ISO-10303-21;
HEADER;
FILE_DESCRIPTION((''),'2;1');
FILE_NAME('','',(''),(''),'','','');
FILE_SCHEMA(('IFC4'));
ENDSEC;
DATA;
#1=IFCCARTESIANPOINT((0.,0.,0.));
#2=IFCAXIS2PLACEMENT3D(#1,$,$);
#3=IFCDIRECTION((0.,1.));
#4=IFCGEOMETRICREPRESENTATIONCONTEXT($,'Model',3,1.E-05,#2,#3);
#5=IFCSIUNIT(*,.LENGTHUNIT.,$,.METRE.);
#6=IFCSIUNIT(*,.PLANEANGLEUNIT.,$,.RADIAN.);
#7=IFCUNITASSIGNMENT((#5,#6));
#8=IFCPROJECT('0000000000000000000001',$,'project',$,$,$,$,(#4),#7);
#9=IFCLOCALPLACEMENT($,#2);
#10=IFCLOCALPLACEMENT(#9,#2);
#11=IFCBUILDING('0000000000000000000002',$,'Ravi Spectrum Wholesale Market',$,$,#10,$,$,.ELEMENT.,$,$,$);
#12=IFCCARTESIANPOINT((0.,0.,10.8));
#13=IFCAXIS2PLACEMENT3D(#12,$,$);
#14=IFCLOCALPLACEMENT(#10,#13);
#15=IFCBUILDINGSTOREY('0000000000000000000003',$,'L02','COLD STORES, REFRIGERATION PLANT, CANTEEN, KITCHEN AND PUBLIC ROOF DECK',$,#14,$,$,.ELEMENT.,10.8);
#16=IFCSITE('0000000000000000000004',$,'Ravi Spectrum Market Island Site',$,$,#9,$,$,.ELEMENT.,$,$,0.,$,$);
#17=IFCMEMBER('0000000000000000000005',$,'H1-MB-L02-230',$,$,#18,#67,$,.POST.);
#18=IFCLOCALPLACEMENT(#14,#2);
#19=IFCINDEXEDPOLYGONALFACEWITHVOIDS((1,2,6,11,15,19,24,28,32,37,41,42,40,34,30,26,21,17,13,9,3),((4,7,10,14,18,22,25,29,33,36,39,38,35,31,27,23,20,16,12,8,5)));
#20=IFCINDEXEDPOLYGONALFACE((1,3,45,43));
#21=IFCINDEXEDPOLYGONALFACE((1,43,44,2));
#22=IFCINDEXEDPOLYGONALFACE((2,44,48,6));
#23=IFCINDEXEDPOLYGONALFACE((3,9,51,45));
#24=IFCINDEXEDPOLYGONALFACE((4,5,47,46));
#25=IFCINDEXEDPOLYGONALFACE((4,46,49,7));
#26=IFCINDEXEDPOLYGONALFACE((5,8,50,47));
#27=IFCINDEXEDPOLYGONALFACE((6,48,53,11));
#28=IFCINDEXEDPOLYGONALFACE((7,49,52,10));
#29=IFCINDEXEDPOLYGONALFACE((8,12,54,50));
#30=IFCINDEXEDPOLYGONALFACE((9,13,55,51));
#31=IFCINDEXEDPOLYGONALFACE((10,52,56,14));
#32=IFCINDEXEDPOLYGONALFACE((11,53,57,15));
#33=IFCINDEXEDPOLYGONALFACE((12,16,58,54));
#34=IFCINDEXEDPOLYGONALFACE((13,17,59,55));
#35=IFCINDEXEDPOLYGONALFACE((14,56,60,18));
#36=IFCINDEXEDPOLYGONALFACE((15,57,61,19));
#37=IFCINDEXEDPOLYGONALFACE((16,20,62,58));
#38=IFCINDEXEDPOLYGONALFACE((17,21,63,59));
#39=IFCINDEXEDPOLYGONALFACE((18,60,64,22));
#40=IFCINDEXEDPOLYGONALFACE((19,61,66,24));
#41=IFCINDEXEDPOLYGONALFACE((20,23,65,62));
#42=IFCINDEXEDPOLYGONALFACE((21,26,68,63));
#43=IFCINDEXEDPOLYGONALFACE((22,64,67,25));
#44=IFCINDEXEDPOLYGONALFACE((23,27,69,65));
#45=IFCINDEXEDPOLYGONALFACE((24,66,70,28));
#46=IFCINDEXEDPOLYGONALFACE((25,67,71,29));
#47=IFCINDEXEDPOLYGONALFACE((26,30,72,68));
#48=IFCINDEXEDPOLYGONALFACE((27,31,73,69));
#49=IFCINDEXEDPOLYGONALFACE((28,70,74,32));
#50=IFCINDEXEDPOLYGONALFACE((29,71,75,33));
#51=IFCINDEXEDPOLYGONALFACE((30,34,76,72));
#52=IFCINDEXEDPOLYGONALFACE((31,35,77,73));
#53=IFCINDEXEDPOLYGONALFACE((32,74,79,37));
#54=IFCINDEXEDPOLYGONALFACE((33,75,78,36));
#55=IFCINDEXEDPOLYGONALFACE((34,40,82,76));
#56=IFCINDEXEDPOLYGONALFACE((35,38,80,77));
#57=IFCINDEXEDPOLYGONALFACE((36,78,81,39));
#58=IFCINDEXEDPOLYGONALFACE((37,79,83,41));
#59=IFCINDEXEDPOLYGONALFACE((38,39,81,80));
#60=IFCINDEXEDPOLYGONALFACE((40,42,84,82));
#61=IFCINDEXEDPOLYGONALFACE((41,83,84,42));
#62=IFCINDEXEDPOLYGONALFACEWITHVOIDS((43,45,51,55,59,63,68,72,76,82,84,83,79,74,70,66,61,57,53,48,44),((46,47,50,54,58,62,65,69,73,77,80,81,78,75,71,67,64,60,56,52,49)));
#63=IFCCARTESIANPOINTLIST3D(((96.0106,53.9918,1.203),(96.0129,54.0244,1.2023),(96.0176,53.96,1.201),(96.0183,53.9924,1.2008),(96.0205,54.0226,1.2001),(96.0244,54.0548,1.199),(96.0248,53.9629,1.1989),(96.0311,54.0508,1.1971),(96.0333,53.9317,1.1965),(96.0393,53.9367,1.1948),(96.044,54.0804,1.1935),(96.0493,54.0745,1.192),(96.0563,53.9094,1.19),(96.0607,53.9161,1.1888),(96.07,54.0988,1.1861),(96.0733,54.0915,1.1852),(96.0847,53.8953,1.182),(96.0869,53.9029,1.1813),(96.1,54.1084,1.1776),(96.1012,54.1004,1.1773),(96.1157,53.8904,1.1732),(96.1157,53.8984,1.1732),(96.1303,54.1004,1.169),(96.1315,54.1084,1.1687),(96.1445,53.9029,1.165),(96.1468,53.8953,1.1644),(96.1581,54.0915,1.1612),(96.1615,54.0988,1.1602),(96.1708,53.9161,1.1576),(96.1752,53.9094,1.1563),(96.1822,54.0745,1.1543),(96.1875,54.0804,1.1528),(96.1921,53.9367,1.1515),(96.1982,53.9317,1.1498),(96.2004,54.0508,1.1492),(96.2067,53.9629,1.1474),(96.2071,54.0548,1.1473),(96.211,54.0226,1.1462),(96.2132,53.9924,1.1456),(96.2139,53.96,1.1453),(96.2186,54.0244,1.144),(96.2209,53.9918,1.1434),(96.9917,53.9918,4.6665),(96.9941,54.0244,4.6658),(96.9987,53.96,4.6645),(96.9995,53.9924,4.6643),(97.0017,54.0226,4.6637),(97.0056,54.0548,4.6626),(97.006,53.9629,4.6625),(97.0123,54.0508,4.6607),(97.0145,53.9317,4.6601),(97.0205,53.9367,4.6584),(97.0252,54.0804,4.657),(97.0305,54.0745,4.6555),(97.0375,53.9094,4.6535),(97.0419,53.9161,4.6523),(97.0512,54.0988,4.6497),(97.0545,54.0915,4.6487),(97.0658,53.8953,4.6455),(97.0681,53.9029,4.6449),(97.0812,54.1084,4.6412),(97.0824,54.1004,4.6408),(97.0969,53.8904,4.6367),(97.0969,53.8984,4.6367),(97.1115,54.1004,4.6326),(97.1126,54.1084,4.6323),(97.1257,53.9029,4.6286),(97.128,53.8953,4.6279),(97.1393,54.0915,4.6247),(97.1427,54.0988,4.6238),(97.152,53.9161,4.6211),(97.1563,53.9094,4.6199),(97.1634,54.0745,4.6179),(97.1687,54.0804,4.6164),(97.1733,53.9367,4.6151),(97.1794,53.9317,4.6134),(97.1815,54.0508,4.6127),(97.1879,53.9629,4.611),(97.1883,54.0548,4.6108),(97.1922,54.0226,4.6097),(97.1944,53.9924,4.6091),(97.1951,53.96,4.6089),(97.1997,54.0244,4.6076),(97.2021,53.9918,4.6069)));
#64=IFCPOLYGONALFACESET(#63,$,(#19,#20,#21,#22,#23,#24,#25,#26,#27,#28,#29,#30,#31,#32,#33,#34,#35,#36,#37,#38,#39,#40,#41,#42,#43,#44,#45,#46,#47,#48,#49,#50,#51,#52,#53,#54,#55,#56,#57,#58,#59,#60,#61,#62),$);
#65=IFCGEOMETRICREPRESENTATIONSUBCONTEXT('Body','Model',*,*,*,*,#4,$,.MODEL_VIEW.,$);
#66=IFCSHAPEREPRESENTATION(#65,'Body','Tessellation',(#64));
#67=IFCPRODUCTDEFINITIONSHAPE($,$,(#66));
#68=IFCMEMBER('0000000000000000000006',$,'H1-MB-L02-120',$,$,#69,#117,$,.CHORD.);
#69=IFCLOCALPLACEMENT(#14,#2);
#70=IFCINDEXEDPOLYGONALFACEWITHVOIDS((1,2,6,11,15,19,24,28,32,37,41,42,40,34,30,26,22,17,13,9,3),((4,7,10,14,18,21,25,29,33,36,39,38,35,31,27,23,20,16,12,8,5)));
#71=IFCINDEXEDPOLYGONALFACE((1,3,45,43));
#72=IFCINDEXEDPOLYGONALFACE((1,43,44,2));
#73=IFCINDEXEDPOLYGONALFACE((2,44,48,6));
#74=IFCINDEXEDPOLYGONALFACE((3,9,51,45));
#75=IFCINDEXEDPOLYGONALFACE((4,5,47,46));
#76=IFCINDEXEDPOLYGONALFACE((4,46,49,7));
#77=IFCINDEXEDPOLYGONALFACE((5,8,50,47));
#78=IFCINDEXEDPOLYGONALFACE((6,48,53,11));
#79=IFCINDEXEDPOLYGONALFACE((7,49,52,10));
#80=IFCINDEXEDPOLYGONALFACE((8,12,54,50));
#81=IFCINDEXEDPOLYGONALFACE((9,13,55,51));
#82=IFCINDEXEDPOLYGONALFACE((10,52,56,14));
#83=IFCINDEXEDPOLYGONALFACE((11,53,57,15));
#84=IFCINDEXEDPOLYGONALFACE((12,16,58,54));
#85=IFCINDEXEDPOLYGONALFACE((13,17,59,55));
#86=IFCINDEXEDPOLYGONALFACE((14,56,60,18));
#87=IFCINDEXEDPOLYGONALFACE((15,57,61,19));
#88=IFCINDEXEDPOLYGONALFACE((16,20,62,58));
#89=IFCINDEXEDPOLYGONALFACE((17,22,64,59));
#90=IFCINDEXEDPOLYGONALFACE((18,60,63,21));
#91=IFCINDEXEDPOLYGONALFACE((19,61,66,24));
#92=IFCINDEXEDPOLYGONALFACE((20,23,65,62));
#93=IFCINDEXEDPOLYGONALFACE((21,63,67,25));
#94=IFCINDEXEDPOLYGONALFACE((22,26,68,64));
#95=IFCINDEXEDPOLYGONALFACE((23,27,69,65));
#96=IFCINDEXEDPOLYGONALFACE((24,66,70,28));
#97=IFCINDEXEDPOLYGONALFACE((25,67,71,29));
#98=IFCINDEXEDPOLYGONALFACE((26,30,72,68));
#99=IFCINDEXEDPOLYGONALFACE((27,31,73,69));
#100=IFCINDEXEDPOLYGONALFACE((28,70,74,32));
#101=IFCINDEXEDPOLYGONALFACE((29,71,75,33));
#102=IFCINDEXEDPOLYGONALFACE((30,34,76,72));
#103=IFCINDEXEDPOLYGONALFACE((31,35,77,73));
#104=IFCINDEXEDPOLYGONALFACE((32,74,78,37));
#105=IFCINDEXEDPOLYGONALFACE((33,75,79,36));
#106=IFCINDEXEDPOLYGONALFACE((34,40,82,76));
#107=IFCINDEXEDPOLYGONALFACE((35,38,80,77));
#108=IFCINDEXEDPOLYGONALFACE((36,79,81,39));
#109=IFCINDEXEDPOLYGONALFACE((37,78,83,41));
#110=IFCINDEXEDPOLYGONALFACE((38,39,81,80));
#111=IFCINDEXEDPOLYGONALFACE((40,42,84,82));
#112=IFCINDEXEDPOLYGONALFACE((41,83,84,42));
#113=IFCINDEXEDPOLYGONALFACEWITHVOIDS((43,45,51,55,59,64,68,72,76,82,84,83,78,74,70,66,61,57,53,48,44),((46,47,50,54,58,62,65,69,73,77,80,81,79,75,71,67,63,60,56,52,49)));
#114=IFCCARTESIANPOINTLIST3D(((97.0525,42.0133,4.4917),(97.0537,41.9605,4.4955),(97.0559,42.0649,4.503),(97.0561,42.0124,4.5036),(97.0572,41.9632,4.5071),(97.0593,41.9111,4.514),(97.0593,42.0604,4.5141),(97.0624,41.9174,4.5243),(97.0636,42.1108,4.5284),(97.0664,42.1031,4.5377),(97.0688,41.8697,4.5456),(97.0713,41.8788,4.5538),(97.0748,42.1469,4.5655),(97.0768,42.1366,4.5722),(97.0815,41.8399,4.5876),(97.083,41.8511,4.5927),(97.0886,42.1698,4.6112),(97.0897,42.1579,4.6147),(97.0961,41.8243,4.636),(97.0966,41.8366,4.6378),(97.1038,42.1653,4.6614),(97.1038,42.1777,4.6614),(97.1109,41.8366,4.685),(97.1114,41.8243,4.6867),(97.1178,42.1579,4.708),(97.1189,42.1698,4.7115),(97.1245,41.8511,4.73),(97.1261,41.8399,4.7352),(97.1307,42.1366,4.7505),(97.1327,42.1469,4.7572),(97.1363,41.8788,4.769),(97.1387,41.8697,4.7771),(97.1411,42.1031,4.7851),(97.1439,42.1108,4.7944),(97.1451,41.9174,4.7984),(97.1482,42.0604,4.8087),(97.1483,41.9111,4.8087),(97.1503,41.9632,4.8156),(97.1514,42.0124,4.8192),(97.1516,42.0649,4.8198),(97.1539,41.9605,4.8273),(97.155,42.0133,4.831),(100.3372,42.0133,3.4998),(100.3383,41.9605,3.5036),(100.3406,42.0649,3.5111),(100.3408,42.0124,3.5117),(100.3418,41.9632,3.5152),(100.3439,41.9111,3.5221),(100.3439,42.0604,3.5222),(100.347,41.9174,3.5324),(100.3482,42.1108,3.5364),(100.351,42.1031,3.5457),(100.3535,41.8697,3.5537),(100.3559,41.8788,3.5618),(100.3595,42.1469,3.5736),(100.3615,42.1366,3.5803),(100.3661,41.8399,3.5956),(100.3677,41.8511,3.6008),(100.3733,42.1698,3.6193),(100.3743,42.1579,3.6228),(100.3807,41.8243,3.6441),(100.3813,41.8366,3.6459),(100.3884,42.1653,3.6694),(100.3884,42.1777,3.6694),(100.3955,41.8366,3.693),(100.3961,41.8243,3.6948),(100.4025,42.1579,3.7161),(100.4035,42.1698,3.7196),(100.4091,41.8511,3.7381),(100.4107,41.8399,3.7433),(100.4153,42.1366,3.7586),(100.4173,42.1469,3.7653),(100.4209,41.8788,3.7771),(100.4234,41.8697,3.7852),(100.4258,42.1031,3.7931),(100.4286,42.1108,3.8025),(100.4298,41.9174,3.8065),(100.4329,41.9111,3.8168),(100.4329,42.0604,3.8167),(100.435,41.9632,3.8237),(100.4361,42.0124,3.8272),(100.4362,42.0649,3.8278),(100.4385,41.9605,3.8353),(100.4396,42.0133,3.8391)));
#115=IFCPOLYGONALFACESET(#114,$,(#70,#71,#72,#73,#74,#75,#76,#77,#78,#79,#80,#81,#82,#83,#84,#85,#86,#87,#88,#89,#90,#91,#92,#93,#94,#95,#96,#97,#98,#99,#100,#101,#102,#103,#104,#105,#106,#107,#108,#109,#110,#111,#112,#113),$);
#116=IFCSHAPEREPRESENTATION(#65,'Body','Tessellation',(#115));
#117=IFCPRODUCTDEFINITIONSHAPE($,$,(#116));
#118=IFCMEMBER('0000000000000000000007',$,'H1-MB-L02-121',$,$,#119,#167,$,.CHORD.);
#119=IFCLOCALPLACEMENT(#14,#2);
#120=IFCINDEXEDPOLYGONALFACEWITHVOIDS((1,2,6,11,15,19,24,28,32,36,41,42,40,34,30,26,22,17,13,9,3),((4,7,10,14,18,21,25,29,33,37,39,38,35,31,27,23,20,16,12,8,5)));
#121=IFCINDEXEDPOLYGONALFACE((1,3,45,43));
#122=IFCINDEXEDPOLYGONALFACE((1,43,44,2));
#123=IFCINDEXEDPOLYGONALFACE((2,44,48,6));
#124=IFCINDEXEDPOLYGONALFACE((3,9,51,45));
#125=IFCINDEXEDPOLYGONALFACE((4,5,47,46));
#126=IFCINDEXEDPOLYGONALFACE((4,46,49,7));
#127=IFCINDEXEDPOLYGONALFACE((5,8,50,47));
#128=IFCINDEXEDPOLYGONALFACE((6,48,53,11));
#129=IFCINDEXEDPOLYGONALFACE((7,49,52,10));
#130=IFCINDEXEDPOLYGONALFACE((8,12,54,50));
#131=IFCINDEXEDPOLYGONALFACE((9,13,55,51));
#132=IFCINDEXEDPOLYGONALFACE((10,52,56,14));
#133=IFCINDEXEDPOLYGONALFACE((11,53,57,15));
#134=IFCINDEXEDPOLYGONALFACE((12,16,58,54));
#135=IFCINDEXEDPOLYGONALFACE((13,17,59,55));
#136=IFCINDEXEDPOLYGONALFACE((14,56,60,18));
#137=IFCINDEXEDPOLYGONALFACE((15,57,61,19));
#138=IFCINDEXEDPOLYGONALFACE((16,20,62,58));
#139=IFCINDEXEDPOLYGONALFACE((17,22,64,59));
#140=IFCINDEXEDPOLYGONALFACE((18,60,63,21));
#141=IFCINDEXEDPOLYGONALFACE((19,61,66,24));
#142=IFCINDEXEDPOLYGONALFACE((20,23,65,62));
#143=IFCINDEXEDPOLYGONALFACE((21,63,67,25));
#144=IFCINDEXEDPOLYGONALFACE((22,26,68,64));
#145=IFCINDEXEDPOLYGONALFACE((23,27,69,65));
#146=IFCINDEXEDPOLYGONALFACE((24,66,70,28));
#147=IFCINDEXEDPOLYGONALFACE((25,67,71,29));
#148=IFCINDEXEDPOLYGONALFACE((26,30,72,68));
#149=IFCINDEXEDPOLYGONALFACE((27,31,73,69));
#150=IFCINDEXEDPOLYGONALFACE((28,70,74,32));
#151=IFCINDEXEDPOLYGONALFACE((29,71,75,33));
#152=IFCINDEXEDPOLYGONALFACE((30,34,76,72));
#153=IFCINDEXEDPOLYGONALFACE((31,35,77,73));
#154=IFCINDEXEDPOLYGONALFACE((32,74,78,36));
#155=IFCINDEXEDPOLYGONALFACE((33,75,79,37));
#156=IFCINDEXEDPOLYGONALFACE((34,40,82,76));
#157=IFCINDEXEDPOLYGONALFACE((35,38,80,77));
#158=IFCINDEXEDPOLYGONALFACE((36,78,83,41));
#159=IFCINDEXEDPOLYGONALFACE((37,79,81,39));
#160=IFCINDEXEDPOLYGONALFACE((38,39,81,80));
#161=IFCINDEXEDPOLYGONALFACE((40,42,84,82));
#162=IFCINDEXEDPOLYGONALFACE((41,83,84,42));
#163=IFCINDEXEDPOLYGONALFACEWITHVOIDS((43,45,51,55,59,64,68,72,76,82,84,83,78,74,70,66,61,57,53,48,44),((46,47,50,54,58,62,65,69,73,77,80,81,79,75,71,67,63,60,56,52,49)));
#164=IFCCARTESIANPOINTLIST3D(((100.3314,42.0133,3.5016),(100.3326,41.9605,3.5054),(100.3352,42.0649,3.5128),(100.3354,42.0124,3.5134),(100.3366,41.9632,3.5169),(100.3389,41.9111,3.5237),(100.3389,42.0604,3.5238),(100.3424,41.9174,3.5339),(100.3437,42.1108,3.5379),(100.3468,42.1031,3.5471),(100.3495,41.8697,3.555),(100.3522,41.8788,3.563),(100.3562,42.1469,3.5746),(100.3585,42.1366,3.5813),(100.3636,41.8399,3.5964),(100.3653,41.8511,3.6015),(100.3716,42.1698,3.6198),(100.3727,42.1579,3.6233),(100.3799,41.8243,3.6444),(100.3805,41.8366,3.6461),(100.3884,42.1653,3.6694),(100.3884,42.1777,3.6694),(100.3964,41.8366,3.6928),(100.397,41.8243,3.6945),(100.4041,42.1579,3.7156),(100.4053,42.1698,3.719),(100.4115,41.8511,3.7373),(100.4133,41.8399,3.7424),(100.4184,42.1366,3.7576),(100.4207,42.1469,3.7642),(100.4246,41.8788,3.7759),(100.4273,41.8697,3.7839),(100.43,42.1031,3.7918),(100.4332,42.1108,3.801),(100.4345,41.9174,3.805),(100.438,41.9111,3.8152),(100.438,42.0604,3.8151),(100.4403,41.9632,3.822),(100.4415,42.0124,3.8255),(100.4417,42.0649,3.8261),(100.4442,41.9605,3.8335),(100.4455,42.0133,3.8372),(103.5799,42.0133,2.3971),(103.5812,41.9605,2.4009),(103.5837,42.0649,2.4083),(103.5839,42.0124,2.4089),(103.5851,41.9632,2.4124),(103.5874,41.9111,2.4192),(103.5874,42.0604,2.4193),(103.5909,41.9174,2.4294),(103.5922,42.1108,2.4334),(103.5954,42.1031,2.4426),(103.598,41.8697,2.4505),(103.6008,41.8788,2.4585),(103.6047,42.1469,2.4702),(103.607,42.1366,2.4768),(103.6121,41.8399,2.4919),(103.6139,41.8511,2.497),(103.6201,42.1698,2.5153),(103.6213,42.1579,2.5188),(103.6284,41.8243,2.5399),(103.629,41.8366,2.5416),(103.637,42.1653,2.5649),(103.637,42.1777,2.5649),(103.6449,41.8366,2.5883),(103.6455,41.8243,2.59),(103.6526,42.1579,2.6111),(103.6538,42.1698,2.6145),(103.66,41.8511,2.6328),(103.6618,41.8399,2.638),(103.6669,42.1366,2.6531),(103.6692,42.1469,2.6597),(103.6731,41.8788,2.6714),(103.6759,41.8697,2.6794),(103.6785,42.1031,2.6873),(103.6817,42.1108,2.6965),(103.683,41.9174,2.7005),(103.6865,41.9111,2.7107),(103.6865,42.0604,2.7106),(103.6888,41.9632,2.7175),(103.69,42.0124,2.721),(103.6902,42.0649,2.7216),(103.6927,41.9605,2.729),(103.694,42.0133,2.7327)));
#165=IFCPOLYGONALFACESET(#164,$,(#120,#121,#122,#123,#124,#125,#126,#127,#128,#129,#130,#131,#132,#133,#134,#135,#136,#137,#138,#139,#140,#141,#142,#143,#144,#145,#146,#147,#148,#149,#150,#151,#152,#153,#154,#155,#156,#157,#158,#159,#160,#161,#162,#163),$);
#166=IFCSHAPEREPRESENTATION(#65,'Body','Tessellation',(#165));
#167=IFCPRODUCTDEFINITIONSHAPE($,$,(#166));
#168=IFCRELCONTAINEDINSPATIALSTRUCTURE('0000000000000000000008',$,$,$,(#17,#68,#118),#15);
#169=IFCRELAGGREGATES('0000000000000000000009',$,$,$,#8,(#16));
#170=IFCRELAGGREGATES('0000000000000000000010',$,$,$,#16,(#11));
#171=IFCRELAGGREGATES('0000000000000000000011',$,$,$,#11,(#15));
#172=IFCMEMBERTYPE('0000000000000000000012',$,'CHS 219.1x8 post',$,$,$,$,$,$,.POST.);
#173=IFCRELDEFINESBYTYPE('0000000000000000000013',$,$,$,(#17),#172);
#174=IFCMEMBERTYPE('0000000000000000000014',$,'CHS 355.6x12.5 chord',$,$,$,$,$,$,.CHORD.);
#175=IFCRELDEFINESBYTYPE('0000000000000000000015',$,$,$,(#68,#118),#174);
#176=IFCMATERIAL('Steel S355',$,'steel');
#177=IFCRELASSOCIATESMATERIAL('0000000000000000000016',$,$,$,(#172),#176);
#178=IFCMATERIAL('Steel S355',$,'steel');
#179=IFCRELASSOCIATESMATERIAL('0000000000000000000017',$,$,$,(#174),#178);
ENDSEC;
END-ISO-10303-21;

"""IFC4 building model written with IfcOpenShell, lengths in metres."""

from ifc_helpers import new_model, si_unit, direction, frame, origin, origin_2d, place, context, subcontext, project, spatial, hollow_circle, extrude, material, material_profile, profile_set, type_object, element, save


model = new_model("IFC4")

# Units and contexts
model_context = context("Model", 3, precision=1e-05, world=origin(), true_north=direction((0.0, 1.0)))
body_context = subcontext(model_context, "Body", "Model", "MODEL_VIEW")
ifc_project = project(units=[si_unit("LENGTHUNIT", "METRE"), si_unit("PLANEANGLEUNIT", "RADIAN")], contexts=[model_context])

# Site, building, storey
site_placement = place(None, origin())
site = spatial("IfcSite", under=ifc_project, at=site_placement, Name="Ravi Spectrum Market Island Site", CompositionType="ELEMENT", RefElevation=0.0)
building_placement = place(site_placement, origin())
building = spatial("IfcBuilding", under=site, at=building_placement, Name="Ravi Spectrum Wholesale Market", CompositionType="ELEMENT")
storey_placement = place(building_placement, frame((0.0, 0.0, 10.8)))
storey = spatial("IfcBuildingStorey", under=building, at=storey_placement, Name="L02", Description="COLD STORES, REFRIGERATION PLANT, CANTEEN, KITCHEN AND PUBLIC ROOF DECK", CompositionType="ELEMENT", Elevation=10.8)

# Members
ifc_material_1 = material(Name="Steel S355", Category="steel")
ifc_material_profile_1 = material_profile(ifc_material_1, hollow_circle(Radius=0.1096, WallThickness=0.0081, at=origin_2d()))
ifc_profile_set_1 = profile_set([ifc_material_profile_1], Name="Steel S355")
member_type_1 = type_object("IfcMemberType", Name="CHS 219.1x8 post", PredefinedType="POST", material=ifc_profile_set_1)
for number, where, z_axis, x_axis, name in (
    (1, (97.0969, 54.0, 4.6367), (-0.272562, 0.0, -0.962138), (0.0, -1.0, 0.0), "H1-MB-L02-230"),
):
    element("IfcMember", number, at=place(storey_placement, frame(where, z_axis=z_axis, x_axis=x_axis)), inside=storey, type_object=member_type_1, Name=name, PredefinedType="POST", context=body_context, shape_type="SweptSolid", body=[
        extrude(hollow_circle(Radius=0.1096, WallThickness=0.0081, at=origin_2d()), origin(), (0.0, 0.0, 1.0), 3.5999),
    ])
ifc_material_2 = material(Name="Steel S355", Category="steel")
ifc_material_profile_2 = material_profile(ifc_material_2, hollow_circle(Radius=0.1777, WallThickness=0.0125, at=origin_2d()))
ifc_profile_set_2 = profile_set([ifc_material_profile_2], Name="Steel S355")
member_type_2 = type_object("IfcMemberType", Name="CHS 355.6x12.5 chord", PredefinedType="CHORD", material=ifc_profile_set_2)
for number, where, z_axis, x_axis, name in (
    (2, (97.1038, 42.0, 4.6614), (0.9573, 0.0, -0.289097), (0.0, 1.0, 0.0), "H1-MB-L02-120"),
    (3, (100.3884, 42.0, 3.6694), (0.946774, 0.0, -0.3219), (0.0, 1.0, 0.0), "H1-MB-L02-121"),
):
    element("IfcMember", number, at=place(storey_placement, frame(where, z_axis=z_axis, x_axis=x_axis)), inside=storey, type_object=member_type_2, Name=name, PredefinedType="CHORD", context=body_context, shape_type="SweptSolid", body=[
        extrude(hollow_circle(Radius=0.1777, WallThickness=0.0125, at=origin_2d()), origin(), (0.0, 0.0, 1.0), 3.4312),
    ])

save(model, "model.ifc")
